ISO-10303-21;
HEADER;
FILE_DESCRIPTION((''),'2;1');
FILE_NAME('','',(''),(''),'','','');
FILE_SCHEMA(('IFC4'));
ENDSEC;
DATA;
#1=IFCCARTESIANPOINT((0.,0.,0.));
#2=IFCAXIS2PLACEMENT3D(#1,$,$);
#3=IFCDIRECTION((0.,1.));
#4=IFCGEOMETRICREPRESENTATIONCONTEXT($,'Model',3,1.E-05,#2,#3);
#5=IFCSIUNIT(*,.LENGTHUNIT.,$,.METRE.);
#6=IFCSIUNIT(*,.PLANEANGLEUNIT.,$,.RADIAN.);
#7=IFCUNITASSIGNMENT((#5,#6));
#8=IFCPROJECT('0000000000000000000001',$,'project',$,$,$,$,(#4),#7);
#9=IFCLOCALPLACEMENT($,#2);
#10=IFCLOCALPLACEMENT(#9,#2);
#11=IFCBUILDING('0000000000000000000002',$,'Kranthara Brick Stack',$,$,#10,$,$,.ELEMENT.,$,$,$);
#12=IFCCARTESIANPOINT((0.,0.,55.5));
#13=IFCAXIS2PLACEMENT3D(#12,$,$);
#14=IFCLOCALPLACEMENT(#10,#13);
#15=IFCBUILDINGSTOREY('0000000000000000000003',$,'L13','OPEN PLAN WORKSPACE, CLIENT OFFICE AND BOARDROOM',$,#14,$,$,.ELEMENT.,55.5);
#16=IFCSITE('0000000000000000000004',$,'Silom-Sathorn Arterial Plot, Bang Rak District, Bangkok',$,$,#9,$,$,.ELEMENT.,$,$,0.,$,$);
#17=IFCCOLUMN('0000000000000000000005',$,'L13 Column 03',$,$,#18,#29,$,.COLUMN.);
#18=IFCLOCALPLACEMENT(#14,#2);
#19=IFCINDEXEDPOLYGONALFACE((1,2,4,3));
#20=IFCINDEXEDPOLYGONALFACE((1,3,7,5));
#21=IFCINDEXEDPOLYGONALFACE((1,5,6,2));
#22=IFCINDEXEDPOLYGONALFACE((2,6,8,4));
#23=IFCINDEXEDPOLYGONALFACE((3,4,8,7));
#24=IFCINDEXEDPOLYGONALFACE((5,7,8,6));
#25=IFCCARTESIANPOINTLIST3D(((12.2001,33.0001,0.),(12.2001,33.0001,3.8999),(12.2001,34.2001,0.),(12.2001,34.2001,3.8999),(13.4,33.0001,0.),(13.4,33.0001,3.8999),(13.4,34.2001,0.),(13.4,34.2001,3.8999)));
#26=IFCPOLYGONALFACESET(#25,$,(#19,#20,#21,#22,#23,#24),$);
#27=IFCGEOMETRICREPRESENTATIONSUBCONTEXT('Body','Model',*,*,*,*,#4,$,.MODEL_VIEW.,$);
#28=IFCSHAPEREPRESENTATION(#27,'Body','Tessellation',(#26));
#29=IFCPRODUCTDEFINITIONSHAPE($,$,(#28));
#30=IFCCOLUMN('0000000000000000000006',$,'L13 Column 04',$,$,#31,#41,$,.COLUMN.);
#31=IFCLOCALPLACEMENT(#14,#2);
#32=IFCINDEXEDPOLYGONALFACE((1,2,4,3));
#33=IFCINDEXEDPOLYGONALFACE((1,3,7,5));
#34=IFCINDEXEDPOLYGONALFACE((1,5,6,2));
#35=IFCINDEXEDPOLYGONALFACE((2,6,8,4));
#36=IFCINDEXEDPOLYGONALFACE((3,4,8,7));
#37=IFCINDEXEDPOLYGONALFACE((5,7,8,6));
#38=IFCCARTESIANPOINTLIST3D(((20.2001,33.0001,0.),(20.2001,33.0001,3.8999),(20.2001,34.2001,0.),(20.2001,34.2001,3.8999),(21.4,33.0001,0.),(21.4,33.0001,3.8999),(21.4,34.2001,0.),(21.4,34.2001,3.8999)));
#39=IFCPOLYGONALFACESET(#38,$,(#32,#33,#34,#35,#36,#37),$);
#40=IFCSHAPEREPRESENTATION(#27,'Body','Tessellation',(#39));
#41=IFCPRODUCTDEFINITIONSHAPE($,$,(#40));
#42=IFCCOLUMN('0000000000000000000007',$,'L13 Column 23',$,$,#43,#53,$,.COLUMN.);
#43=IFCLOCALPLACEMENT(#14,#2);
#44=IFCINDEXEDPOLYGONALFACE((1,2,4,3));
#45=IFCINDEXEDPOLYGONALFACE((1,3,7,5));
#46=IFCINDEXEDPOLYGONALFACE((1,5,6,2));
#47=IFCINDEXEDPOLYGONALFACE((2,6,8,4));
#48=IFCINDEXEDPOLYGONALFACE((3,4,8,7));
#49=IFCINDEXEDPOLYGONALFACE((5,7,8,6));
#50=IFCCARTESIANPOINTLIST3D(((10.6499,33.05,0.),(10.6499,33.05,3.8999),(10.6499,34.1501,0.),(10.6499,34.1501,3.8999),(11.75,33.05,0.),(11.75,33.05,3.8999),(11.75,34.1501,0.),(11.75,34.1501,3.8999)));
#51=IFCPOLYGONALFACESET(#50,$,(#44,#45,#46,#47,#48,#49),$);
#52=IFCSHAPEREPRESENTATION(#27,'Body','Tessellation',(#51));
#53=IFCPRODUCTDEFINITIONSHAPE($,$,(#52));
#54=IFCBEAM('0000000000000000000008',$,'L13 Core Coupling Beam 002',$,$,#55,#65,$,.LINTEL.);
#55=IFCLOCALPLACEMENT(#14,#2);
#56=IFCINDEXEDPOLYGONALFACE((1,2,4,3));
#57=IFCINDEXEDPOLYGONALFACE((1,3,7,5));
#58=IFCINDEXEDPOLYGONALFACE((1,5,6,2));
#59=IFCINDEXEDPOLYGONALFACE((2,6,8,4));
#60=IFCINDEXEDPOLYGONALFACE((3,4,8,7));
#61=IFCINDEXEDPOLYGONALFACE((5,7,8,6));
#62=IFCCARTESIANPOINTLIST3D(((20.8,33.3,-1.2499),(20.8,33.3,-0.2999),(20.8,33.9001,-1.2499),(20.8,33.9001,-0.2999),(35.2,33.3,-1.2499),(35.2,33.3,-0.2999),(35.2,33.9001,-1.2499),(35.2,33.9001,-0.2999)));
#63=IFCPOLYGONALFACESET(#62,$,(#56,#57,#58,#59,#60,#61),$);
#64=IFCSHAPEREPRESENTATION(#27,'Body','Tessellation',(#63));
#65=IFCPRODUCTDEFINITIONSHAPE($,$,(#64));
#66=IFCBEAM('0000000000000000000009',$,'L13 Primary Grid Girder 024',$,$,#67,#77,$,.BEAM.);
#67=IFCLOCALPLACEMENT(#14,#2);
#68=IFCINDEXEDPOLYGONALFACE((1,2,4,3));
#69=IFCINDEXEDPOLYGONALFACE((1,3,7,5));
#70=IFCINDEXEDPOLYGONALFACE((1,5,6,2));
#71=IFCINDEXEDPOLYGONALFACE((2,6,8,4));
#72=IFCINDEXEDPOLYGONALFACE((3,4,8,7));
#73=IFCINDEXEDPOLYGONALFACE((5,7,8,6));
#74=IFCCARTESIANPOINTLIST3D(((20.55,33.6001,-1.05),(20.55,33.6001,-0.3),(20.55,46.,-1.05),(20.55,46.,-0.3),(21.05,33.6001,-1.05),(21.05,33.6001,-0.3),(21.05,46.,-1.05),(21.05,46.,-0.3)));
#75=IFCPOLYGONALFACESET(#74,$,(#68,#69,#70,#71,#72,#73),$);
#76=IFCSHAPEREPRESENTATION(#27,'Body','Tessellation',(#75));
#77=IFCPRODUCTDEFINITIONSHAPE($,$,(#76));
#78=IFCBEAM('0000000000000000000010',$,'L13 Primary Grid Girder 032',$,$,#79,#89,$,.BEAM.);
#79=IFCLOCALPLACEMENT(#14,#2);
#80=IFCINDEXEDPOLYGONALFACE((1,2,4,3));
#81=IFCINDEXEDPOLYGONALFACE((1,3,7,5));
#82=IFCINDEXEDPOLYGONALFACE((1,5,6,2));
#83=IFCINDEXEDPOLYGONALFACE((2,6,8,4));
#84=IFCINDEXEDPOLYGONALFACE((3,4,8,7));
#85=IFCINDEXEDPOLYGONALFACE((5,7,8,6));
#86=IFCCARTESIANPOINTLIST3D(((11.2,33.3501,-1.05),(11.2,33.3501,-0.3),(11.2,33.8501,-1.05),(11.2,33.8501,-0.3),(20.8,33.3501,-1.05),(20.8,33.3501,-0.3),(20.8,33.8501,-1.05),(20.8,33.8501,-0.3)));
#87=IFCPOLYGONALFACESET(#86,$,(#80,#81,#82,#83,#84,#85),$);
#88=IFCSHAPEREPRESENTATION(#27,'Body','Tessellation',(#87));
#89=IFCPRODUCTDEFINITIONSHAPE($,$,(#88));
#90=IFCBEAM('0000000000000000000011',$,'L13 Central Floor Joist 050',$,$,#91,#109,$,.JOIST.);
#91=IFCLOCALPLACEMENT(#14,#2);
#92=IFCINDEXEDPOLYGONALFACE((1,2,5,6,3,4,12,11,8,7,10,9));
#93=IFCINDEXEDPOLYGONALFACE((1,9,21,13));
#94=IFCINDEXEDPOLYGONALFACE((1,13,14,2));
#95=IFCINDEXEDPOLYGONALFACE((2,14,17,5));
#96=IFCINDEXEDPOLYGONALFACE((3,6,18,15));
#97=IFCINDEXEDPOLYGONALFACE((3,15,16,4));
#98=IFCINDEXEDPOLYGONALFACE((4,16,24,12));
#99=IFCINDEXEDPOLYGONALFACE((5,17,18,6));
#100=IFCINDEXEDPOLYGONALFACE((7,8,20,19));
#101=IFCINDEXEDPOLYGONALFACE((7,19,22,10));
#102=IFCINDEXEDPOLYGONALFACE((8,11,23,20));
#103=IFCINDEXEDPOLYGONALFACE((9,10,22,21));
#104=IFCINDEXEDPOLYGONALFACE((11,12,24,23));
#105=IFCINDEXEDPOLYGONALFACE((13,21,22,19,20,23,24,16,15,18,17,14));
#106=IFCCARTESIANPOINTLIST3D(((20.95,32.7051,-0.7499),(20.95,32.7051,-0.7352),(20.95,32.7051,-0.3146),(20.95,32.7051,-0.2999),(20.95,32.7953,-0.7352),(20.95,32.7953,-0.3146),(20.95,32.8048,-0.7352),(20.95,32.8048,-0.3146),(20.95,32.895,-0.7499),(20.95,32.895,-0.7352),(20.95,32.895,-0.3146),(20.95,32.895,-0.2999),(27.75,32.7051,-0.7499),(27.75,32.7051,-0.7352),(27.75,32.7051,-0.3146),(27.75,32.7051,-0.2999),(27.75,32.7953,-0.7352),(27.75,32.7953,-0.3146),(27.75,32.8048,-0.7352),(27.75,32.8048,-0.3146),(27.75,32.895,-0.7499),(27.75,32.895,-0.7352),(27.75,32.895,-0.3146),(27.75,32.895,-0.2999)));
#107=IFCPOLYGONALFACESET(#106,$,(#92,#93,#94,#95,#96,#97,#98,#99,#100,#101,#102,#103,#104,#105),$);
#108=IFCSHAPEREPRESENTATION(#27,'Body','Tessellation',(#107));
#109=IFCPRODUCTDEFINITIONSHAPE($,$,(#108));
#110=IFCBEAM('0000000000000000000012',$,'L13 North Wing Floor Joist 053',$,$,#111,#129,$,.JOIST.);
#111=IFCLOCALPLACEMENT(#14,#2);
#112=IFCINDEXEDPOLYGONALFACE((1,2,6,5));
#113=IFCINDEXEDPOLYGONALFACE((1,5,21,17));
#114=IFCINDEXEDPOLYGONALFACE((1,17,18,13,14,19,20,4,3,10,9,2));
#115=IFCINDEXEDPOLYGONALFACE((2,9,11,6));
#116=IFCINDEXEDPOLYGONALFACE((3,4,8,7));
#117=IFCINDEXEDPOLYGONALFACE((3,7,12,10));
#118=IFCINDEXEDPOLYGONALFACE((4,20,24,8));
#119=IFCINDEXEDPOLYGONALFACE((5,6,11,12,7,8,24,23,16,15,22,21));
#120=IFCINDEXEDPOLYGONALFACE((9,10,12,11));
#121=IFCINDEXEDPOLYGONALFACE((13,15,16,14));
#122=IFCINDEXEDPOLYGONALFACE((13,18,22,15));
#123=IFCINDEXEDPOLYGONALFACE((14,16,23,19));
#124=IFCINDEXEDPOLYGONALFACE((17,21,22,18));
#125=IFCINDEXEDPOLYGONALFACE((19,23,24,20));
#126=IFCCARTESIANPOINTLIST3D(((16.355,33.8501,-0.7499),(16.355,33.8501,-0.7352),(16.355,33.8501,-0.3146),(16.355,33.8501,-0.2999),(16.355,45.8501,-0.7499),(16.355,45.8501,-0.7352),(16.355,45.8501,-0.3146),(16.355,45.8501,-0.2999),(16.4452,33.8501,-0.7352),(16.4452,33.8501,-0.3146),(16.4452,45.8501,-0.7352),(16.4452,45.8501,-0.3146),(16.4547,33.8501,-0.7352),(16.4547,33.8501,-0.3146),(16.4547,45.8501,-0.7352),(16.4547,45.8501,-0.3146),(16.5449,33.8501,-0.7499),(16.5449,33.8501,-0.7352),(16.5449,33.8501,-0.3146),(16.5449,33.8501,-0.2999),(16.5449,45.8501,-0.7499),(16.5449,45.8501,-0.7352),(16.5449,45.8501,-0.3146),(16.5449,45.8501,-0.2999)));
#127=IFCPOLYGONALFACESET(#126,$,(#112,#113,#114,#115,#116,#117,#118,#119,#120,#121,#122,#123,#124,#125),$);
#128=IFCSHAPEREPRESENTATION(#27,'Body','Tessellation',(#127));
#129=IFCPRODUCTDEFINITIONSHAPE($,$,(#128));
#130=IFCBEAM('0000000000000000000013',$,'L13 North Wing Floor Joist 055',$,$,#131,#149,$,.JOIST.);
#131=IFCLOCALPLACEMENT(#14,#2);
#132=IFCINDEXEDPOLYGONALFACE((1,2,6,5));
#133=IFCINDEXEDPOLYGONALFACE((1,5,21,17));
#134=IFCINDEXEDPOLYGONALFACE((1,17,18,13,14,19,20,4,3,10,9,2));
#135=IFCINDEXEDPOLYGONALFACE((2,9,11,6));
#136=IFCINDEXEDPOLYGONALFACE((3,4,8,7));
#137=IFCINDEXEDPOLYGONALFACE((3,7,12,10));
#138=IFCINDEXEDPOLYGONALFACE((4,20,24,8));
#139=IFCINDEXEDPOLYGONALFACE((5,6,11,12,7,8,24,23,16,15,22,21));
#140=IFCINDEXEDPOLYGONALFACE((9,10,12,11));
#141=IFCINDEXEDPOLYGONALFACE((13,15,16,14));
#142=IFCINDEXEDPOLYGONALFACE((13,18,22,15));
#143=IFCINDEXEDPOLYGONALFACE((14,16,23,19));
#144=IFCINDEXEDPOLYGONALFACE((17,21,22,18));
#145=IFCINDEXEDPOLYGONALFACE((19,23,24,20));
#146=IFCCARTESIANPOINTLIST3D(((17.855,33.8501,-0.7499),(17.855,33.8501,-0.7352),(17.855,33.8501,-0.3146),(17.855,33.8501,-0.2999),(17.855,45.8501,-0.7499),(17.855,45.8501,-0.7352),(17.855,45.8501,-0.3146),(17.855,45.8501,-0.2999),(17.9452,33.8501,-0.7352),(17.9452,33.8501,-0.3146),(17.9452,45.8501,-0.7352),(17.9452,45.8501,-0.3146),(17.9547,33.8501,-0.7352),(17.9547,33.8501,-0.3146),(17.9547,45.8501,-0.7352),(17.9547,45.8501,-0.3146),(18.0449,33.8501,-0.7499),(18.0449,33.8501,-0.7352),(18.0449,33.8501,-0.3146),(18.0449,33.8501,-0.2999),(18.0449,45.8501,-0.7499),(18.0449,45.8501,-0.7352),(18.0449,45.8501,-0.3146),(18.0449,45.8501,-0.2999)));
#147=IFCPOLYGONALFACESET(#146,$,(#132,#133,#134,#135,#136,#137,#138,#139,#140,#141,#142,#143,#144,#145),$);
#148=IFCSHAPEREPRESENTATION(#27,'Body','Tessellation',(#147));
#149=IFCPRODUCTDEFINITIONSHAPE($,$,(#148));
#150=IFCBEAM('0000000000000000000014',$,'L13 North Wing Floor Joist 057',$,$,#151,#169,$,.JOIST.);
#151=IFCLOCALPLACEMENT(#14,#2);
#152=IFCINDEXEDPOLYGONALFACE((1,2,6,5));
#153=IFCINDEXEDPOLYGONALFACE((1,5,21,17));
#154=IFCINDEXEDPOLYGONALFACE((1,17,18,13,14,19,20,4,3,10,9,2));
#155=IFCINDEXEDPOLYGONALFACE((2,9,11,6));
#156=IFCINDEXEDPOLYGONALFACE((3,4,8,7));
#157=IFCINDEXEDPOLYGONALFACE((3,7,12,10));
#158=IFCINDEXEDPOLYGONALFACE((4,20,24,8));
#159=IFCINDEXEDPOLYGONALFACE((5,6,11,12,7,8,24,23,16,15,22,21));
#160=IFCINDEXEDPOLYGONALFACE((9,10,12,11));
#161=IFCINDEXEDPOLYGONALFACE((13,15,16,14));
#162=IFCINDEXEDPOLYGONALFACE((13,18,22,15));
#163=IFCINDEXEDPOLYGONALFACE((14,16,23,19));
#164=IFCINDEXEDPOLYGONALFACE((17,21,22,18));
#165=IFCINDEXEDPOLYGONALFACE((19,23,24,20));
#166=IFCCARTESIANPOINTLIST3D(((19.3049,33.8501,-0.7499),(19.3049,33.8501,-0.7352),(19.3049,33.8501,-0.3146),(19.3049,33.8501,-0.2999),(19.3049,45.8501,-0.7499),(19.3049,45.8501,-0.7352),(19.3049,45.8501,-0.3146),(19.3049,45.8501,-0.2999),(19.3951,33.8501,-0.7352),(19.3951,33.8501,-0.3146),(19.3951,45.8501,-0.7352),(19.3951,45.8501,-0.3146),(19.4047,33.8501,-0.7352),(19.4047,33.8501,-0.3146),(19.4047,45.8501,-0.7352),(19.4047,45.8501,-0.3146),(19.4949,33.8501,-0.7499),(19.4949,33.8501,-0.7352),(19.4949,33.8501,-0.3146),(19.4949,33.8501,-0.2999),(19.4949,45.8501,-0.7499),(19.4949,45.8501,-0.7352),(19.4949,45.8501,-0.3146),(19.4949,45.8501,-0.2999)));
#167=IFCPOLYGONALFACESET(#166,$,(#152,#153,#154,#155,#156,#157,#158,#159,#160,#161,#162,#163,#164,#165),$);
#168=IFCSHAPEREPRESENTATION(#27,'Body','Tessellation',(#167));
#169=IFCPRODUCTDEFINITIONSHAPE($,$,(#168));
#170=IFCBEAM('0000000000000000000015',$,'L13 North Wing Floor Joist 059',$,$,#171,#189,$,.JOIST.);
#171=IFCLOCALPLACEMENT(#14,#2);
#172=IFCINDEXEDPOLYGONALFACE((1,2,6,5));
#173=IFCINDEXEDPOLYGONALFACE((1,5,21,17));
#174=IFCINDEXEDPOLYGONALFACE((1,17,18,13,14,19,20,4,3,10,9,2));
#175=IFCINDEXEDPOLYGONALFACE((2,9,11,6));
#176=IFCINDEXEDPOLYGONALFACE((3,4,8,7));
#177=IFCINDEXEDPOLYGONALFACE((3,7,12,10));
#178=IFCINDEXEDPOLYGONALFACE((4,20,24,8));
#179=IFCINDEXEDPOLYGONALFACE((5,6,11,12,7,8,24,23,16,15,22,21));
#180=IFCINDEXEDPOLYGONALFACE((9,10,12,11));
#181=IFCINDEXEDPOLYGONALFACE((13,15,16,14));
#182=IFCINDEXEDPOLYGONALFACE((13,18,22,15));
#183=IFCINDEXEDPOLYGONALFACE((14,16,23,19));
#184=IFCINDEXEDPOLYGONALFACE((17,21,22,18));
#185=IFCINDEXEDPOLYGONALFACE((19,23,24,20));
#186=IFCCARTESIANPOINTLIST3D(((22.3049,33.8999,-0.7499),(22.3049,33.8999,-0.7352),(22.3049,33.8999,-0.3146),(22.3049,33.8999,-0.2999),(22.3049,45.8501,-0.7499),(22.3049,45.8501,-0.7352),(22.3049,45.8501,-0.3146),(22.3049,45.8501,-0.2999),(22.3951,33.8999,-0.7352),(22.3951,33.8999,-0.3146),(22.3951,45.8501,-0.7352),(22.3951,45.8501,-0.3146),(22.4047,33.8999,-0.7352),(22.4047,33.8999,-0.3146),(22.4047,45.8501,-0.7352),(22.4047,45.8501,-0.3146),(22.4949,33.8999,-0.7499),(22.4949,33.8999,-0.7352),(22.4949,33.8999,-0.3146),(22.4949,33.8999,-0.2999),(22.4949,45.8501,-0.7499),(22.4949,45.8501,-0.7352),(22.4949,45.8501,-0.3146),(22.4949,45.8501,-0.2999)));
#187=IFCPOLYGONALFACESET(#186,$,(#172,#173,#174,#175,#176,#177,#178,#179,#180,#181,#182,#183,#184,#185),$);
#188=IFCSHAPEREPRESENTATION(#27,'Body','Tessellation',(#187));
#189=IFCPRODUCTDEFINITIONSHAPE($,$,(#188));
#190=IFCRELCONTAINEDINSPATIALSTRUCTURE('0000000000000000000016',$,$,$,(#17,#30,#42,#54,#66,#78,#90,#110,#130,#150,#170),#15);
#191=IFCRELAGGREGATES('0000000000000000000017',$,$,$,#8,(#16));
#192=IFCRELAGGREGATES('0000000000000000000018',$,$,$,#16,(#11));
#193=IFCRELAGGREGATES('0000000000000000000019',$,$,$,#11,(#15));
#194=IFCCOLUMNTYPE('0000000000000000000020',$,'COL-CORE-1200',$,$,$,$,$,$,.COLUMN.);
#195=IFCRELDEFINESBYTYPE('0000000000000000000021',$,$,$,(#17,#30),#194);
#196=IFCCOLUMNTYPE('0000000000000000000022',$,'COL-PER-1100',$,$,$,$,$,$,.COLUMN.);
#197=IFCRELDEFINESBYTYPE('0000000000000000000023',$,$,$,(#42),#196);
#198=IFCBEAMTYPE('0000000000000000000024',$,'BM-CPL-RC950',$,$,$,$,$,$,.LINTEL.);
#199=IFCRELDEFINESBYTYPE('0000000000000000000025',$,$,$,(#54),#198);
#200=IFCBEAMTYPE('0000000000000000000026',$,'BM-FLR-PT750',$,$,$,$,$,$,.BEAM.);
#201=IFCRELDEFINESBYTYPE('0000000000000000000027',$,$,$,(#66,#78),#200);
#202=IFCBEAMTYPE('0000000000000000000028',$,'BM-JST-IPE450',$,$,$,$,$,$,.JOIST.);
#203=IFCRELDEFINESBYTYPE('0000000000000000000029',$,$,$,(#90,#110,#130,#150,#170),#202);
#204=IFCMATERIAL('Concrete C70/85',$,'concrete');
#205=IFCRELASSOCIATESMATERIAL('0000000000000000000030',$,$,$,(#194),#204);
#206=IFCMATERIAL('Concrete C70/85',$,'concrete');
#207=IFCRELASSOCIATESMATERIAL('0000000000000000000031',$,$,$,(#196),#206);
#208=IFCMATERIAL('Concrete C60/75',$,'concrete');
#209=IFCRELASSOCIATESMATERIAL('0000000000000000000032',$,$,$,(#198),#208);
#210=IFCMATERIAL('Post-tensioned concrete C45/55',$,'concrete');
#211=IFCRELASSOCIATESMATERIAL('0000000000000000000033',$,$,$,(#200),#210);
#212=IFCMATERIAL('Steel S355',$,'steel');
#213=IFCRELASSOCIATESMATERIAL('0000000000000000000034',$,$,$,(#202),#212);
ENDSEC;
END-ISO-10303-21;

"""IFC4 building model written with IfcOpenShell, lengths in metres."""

from ifc_helpers import new_model, si_unit, direction, frame, origin, origin_2d, place, context, subcontext, project, spatial, rectangle, i_section, extrude, material, material_profile, profile_set, type_object, element, save


model = new_model("IFC4")

# Units and contexts
model_context = context("Model", 3, precision=1e-05, world=origin(), true_north=direction((0.0, 1.0)))
body_context = subcontext(model_context, "Body", "Model", "MODEL_VIEW")
ifc_project = project(units=[si_unit("LENGTHUNIT", "METRE"), si_unit("PLANEANGLEUNIT", "RADIAN")], contexts=[model_context])

# Site, building, storey
site_placement = place(None, origin())
site = spatial("IfcSite", under=ifc_project, at=site_placement, Name="Silom-Sathorn Arterial Plot, Bang Rak District, Bangkok", CompositionType="ELEMENT", RefElevation=0.0)
building_placement = place(site_placement, origin())
building = spatial("IfcBuilding", under=site, at=building_placement, Name="Kranthara Brick Stack", CompositionType="ELEMENT")
storey_placement = place(building_placement, frame((0.0, 0.0, 55.5)))
storey = spatial("IfcBuildingStorey", under=building, at=storey_placement, Name="L13", Description="OPEN PLAN WORKSPACE, CLIENT OFFICE AND BOARDROOM", CompositionType="ELEMENT", Elevation=55.5)

# Columns
ifc_material_1 = material(Name="Concrete C70/85", Category="concrete")
ifc_material_profile_1 = material_profile(ifc_material_1, rectangle(XDim=1.2, YDim=1.2, at=origin_2d()), Name="RC 1200x1200")
ifc_profile_set_1 = profile_set([ifc_material_profile_1], Name="Concrete C70/85")
column_type_1 = type_object("IfcColumnType", Name="COL-CORE-1200", PredefinedType="COLUMN", material=ifc_profile_set_1)
for number, where, z_axis, x_axis, name in (
    (1, (12.8, 33.6001, 0.0), (0.0, 0.0, 1.0), (1.0, 0.0, 0.0), "L13 Column 03"),
    (2, (20.8, 33.6001, 0.0), (0.0, 0.0, 1.0), (1.0, 0.0, 0.0), "L13 Column 04"),
):
    element("IfcColumn", number, at=place(storey_placement, frame(where, z_axis=z_axis, x_axis=x_axis)), inside=storey, type_object=column_type_1, Name=name, PredefinedType="COLUMN", context=body_context, shape_type="SweptSolid", body=[
        extrude(rectangle(XDim=1.2, YDim=1.2, at=origin_2d()), origin(), (0.0, 0.0, 1.0), 3.8999),
    ])
ifc_material_2 = material(Name="Concrete C70/85", Category="concrete")
ifc_material_profile_2 = material_profile(ifc_material_2, rectangle(XDim=1.1001, YDim=1.1001, at=origin_2d()), Name="RC 1100x1100")
ifc_profile_set_2 = profile_set([ifc_material_profile_2], Name="Concrete C70/85")
column_type_2 = type_object("IfcColumnType", Name="COL-PER-1100", PredefinedType="COLUMN", material=ifc_profile_set_2)
column_placement = place(storey_placement, frame((11.2, 33.6001, 0.0), z_axis=(0.0, 0.0, 1.0), x_axis=(1.0, 0.0, 0.0)))
element("IfcColumn", 3, at=column_placement, inside=storey, type_object=column_type_2, Name="L13 Column 23", PredefinedType="COLUMN", context=body_context, shape_type="SweptSolid", body=[
    extrude(rectangle(XDim=1.1001, YDim=1.1001, at=origin_2d()), origin(), (0.0, 0.0, 1.0), 3.8999),
])

# Beams
ifc_material_3 = material(Name="Concrete C60/75", Category="concrete")
ifc_material_profile_3 = material_profile(ifc_material_3, rectangle(XDim=0.6001, YDim=0.95, at=origin_2d()), Name="RC 600x950")
ifc_profile_set_3 = profile_set([ifc_material_profile_3], Name="Concrete C60/75")
beam_type_1 = type_object("IfcBeamType", Name="BM-CPL-RC950", PredefinedType="LINTEL", material=ifc_profile_set_3)
beam_1_placement = place(storey_placement, frame((20.8, 33.6001, -0.7749), z_axis=(1.0, 0.0, 0.0), x_axis=(0.0, 1.0, 0.0)))
element("IfcBeam", 4, at=beam_1_placement, inside=storey, type_object=beam_type_1, Name="L13 Core Coupling Beam 002", PredefinedType="LINTEL", context=body_context, shape_type="SweptSolid", body=[
    extrude(rectangle(XDim=0.6001, YDim=0.95, at=origin_2d()), origin(), (0.0, 0.0, 1.0), 14.3999),
])
ifc_material_4 = material(Name="Post-tensioned concrete C45/55", Category="concrete")
ifc_material_profile_4 = material_profile(ifc_material_4, rectangle(XDim=0.5, YDim=0.75, at=origin_2d()), Name="PT 500x750")
ifc_profile_set_4 = profile_set([ifc_material_profile_4], Name="Post-tensioned concrete C45/55")
beam_type_2 = type_object("IfcBeamType", Name="BM-FLR-PT750", PredefinedType="BEAM", material=ifc_profile_set_4)
beam_2_placement = place(storey_placement, frame((20.8, 33.6001, -0.675), z_axis=(0.0, 1.0, 0.0), x_axis=(-1.0, 0.0, 0.0)))
element("IfcBeam", 5, at=beam_2_placement, inside=storey, type_object=beam_type_2, Name="L13 Primary Grid Girder 024", PredefinedType="BEAM", context=body_context, shape_type="SweptSolid", body=[
    extrude(rectangle(XDim=0.5, YDim=0.75, at=origin_2d()), origin(), (0.0, 0.0, 1.0), 12.3999),
])
beam_3_placement = place(storey_placement, frame((11.2, 33.6001, -0.675), z_axis=(1.0, 0.0, 0.0), x_axis=(0.0, 1.0, 0.0)))
element("IfcBeam", 6, at=beam_3_placement, inside=storey, type_object=beam_type_2, Name="L13 Primary Grid Girder 032", PredefinedType="BEAM", context=body_context, shape_type="SweptSolid", body=[
    extrude(rectangle(XDim=0.5, YDim=0.75, at=origin_2d()), origin(), (0.0, 0.0, 1.0), 9.6001),
])
ifc_material_5 = material(Name="Steel S355", Category="steel")
ifc_material_profile_5 = material_profile(ifc_material_5, i_section(OverallWidth=0.1899, OverallDepth=0.45, WebThickness=0.0095, FlangeThickness=0.0146, at=origin_2d()), Name="IPE 450")
ifc_profile_set_5 = profile_set([ifc_material_profile_5], Name="Steel S355")
beam_type_3 = type_object("IfcBeamType", Name="BM-JST-IPE450", PredefinedType="JOIST", material=ifc_profile_set_5)
beam_4_placement = place(storey_placement, frame((20.95, 32.8, -0.5249), z_axis=(1.0, 0.0, 0.0), x_axis=(0.0, 1.0, 0.0)))
element("IfcBeam", 7, at=beam_4_placement, inside=storey, type_object=beam_type_3, Name="L13 Central Floor Joist 050", PredefinedType="JOIST", context=body_context, shape_type="SweptSolid", body=[
    extrude(i_section(OverallWidth=0.1899, OverallDepth=0.45, WebThickness=0.0095, FlangeThickness=0.0146, at=origin_2d()), origin(), (0.0, 0.0, 1.0), 6.8),
])
for number, where, z_axis, x_axis, name in (
    (8, (16.45, 33.8501, -0.5249), (0.0, 1.0, 0.0), (-1.0, 0.0, 0.0), "L13 North Wing Floor Joist 053"),
    (9, (17.95, 33.8501, -0.5249), (0.0, 1.0, 0.0), (-1.0, 0.0, 0.0), "L13 North Wing Floor Joist 055"),
    (10, (19.3999, 33.8501, -0.5249), (0.0, 1.0, 0.0), (-1.0, 0.0, 0.0), "L13 North Wing Floor Joist 057"),
):
    element("IfcBeam", number, at=place(storey_placement, frame(where, z_axis=z_axis, x_axis=x_axis)), inside=storey, type_object=beam_type_3, Name=name, PredefinedType="JOIST", context=body_context, shape_type="SweptSolid", body=[
        extrude(i_section(OverallWidth=0.1899, OverallDepth=0.45, WebThickness=0.0095, FlangeThickness=0.0146, at=origin_2d()), origin(), (0.0, 0.0, 1.0), 12.0),
    ])
beam_5_placement = place(storey_placement, frame((22.3999, 33.8999, -0.5249), z_axis=(0.0, 1.0, 0.0), x_axis=(-1.0, 0.0, 0.0)))
element("IfcBeam", 11, at=beam_5_placement, inside=storey, type_object=beam_type_3, Name="L13 North Wing Floor Joist 059", PredefinedType="JOIST", context=body_context, shape_type="SweptSolid", body=[
    extrude(i_section(OverallWidth=0.1899, OverallDepth=0.45, WebThickness=0.0095, FlangeThickness=0.0146, at=origin_2d()), origin(), (0.0, 0.0, 1.0), 11.9502),
])

save(model, "model.ifc")
